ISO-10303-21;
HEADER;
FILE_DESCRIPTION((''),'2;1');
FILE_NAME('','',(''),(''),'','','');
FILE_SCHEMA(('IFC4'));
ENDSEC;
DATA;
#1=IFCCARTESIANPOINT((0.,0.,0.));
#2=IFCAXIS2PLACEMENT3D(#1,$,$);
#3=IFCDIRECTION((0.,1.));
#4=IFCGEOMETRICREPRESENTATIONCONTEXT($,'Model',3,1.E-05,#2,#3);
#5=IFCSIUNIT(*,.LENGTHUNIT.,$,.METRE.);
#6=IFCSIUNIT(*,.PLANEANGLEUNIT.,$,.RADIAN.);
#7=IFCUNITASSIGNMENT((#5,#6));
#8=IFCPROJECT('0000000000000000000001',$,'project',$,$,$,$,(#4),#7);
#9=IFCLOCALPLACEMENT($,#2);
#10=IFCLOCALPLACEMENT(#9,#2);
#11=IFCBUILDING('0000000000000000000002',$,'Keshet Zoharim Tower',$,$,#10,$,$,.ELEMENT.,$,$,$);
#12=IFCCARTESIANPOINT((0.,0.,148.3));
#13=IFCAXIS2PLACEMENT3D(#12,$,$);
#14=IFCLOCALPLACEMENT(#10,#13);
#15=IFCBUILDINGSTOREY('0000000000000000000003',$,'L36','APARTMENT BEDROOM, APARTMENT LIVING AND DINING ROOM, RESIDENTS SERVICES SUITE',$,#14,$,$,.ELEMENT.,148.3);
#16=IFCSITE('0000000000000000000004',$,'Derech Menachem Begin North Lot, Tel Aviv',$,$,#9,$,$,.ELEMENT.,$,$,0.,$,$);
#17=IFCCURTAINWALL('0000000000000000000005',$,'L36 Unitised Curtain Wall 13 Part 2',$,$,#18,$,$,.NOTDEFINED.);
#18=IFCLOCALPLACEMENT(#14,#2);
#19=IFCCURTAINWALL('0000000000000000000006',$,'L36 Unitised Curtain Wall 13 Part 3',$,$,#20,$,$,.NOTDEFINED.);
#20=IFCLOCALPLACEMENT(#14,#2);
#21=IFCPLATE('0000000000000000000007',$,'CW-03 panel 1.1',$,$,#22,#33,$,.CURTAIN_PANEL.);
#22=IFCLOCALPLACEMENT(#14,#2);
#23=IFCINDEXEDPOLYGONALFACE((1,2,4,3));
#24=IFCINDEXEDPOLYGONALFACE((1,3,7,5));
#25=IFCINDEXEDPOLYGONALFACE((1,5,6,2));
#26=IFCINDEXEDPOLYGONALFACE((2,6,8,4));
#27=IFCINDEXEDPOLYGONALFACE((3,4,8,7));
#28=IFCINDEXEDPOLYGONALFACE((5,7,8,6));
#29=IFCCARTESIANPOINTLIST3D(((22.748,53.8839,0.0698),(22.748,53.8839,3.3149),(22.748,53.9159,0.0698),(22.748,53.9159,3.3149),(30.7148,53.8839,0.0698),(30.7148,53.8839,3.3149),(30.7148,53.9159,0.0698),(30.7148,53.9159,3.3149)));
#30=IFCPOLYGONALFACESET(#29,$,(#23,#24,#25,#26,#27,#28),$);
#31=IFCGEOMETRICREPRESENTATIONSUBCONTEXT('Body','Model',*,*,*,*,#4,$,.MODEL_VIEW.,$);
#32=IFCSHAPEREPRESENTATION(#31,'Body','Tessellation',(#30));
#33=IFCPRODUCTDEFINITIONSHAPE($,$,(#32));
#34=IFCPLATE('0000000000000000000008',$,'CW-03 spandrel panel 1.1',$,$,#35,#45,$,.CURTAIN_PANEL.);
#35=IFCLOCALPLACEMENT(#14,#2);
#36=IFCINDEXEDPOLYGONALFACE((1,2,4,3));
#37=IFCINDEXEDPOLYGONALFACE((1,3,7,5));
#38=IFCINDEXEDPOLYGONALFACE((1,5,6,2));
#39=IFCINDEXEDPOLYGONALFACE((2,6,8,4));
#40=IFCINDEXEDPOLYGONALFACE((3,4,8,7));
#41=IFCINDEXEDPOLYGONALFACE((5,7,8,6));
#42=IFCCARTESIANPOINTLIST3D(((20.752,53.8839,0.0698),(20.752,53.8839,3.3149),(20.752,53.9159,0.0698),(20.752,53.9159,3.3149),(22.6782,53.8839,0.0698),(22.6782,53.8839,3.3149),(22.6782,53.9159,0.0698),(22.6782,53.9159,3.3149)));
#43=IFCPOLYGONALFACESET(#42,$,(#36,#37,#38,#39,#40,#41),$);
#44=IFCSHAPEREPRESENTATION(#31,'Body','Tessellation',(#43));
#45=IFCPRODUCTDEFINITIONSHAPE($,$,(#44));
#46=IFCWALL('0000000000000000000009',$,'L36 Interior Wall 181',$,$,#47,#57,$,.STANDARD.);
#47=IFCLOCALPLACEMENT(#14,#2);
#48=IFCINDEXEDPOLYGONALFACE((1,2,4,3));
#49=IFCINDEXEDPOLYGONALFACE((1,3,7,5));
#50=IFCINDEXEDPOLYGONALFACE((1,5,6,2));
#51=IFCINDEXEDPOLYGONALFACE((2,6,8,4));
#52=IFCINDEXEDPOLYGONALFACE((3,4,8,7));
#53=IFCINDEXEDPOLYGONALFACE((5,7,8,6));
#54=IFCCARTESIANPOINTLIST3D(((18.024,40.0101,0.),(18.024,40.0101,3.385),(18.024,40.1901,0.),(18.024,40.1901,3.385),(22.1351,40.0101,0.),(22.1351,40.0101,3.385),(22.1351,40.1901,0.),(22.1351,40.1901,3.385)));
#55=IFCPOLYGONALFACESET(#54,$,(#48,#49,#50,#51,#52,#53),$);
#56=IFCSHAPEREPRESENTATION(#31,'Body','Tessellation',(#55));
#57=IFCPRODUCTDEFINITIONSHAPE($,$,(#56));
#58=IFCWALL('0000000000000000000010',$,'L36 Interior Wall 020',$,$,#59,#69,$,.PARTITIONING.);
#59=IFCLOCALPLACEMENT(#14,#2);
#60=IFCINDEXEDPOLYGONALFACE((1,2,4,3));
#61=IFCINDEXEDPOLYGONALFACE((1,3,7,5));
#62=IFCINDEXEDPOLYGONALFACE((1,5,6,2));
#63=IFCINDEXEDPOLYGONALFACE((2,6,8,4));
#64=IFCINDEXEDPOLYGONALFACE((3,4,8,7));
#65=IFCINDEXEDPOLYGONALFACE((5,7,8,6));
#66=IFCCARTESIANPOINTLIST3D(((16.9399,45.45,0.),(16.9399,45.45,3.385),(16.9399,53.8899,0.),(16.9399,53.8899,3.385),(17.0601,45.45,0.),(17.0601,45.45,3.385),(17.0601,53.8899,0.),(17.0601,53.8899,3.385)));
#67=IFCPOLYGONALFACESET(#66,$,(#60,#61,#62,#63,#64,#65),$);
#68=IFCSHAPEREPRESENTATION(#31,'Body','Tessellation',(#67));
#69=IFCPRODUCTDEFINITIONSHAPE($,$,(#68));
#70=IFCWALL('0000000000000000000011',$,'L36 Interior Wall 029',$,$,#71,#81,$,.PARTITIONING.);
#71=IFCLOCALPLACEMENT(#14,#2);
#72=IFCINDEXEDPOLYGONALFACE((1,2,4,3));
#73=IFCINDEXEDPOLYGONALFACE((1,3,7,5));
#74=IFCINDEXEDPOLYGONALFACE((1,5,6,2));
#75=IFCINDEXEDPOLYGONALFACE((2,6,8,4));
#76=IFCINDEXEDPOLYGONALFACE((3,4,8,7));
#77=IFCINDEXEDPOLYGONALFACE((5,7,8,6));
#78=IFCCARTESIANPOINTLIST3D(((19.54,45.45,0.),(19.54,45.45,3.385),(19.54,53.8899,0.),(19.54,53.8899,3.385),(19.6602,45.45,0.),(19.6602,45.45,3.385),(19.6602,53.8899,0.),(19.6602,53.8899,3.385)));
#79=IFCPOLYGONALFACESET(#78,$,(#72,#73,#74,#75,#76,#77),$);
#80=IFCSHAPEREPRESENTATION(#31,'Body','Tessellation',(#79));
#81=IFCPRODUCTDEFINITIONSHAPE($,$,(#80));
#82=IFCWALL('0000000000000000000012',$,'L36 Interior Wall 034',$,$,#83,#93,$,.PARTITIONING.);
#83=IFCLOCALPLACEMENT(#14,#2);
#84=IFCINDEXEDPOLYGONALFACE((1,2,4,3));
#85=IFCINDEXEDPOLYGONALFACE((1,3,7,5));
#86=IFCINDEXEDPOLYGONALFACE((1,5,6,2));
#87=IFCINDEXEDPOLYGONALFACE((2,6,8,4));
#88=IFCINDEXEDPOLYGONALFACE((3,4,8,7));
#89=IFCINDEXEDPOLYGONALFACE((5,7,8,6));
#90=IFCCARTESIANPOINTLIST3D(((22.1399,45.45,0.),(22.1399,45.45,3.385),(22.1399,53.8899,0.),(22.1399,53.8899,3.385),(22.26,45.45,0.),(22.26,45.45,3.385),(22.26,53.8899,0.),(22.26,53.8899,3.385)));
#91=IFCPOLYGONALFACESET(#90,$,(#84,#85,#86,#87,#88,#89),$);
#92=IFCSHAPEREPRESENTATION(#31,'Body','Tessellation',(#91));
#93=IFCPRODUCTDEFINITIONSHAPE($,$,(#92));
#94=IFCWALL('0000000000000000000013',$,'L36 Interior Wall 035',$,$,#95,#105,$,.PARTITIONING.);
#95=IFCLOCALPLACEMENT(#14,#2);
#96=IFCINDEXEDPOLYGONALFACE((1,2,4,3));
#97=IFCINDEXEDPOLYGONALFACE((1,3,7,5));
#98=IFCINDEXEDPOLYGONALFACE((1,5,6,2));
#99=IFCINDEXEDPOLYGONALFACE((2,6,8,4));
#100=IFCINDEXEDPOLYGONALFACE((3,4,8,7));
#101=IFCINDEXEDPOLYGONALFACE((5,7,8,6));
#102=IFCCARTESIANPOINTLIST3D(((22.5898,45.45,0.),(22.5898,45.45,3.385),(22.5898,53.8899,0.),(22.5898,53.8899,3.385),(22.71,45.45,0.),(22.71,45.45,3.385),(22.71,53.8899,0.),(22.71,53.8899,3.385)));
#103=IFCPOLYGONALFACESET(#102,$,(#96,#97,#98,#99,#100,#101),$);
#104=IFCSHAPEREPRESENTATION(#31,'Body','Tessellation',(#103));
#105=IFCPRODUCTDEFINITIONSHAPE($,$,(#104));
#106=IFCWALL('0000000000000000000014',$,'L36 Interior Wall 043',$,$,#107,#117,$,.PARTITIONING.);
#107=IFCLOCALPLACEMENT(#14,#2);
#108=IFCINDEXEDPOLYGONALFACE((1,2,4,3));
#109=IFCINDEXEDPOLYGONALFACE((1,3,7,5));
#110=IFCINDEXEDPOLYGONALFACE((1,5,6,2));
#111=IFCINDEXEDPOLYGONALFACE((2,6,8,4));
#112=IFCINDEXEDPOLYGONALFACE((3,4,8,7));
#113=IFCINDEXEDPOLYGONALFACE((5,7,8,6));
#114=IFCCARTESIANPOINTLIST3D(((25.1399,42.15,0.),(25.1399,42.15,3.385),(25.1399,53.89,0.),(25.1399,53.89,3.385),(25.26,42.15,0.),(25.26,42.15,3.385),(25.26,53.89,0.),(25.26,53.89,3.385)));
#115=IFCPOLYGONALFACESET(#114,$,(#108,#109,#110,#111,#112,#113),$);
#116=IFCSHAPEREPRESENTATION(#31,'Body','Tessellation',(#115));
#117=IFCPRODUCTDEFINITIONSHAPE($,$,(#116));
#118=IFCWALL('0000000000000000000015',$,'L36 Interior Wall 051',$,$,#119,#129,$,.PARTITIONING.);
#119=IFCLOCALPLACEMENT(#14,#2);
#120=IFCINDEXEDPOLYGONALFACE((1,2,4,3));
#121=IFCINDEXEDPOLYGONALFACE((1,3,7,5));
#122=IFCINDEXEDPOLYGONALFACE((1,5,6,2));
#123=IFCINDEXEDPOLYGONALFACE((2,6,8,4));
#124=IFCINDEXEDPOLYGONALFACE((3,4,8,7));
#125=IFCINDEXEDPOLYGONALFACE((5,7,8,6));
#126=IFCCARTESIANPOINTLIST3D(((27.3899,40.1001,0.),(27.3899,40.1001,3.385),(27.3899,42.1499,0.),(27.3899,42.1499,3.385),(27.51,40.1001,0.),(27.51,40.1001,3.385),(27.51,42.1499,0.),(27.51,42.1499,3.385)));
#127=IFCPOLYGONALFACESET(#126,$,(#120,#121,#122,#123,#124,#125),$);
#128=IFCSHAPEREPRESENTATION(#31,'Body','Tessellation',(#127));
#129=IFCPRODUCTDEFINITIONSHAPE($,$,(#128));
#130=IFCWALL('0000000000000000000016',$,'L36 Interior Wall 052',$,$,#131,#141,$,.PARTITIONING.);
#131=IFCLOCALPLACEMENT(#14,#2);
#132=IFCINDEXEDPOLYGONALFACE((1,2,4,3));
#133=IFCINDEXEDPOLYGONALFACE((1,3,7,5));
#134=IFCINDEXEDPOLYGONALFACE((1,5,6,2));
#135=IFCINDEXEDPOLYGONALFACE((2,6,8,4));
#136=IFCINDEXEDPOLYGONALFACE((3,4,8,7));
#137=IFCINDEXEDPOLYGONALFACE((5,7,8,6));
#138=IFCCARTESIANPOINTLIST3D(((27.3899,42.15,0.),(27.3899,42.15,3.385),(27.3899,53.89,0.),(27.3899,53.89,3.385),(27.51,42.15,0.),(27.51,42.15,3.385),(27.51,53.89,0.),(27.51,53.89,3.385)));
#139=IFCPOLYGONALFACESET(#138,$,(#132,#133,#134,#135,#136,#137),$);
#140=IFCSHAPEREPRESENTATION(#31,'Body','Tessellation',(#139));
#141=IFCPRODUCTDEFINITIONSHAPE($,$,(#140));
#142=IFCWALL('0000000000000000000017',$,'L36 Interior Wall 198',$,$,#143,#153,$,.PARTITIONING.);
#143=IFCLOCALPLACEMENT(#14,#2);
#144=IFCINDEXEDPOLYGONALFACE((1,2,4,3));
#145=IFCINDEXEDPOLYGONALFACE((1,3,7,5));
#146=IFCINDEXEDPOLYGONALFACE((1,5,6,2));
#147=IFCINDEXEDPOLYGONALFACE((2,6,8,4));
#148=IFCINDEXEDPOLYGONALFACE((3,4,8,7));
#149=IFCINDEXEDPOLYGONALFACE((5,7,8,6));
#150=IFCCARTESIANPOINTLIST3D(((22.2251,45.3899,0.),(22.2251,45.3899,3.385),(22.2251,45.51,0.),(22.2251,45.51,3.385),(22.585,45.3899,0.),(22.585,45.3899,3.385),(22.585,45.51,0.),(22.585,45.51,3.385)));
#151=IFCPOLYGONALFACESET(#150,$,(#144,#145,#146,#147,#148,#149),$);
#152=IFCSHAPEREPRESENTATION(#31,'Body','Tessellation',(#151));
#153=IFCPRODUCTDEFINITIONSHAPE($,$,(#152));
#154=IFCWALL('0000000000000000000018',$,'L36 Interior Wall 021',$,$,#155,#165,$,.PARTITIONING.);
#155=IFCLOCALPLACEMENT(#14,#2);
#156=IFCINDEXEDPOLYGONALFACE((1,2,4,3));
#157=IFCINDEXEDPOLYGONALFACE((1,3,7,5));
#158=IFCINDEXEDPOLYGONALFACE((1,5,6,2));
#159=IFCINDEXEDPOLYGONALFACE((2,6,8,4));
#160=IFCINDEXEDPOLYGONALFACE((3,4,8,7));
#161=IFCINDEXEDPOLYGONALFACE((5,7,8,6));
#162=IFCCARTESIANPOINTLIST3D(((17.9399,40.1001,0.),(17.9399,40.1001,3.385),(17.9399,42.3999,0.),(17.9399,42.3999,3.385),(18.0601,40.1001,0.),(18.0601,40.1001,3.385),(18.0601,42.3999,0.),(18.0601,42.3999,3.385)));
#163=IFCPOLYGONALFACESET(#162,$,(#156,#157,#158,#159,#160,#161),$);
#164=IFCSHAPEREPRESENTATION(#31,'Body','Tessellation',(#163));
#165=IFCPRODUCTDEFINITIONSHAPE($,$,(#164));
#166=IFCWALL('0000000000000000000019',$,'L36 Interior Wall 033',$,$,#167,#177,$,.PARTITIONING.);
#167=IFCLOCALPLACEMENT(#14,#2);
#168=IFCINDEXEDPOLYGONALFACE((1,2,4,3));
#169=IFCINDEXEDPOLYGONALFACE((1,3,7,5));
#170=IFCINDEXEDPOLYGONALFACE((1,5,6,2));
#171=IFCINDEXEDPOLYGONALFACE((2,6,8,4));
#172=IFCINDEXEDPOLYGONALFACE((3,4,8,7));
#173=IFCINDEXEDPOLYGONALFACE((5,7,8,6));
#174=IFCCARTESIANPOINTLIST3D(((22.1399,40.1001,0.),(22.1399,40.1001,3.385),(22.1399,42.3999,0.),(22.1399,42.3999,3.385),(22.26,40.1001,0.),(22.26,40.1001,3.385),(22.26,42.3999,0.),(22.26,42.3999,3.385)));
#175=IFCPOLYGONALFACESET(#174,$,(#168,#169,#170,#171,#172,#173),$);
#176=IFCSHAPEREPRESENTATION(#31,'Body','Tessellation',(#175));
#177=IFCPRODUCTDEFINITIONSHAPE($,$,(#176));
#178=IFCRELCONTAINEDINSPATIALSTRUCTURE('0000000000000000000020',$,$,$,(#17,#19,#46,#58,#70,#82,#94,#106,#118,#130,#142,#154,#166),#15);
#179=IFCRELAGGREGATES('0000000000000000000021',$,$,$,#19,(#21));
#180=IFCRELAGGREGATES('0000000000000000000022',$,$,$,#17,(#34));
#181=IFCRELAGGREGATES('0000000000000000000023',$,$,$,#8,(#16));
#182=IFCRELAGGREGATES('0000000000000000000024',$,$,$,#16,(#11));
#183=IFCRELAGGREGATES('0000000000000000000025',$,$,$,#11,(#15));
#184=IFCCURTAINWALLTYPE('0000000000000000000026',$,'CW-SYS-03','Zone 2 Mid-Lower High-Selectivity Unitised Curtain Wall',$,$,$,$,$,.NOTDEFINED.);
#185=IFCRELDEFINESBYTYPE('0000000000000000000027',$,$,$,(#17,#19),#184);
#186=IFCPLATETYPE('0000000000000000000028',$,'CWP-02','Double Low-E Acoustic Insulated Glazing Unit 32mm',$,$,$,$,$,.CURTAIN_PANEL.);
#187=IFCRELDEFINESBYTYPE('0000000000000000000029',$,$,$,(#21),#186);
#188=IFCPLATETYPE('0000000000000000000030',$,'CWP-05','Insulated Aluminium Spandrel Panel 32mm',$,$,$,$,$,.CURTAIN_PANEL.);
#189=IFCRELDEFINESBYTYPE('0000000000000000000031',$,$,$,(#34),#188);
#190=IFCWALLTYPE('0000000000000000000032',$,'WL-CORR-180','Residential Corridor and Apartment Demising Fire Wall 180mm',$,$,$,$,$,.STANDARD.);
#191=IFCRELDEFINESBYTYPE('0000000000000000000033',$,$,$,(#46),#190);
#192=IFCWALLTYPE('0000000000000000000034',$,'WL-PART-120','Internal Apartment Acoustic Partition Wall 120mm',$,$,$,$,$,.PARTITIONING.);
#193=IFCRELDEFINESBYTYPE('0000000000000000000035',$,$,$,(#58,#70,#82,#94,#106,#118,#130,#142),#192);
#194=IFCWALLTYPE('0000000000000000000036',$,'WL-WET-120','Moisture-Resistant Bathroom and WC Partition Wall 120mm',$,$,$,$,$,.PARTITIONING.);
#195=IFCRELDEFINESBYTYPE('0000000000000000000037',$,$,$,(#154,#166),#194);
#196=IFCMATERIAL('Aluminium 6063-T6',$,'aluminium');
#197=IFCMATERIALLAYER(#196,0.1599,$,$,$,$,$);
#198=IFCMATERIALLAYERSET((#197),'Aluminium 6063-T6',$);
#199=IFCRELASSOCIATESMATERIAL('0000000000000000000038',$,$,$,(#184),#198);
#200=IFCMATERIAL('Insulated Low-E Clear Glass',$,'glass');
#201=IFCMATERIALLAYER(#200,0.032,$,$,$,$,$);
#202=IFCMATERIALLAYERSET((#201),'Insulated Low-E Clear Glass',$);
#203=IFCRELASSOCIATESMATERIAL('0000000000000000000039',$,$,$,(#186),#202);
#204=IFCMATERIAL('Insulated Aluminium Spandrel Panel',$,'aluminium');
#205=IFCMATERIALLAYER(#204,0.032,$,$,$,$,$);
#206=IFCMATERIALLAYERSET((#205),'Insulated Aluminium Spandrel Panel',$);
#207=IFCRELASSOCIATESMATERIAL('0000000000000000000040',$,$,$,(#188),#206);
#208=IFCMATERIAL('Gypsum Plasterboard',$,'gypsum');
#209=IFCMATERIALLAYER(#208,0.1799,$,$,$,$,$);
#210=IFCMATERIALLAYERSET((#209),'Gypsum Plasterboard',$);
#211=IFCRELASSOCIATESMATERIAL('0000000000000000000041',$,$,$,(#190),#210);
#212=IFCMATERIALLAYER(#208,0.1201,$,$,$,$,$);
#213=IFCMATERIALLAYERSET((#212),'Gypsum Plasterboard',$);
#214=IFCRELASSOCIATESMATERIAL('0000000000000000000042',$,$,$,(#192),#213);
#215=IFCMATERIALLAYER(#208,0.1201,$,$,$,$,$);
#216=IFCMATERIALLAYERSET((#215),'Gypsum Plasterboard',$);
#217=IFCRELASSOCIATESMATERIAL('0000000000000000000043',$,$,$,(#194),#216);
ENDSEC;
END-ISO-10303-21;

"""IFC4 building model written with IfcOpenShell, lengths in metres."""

from ifc_helpers import new_model, si_unit, direction, frame, frame_2d, origin, origin_2d, place, context, subcontext, project, spatial, rectangle, extrude, material, layer, layer_set, type_object, element, aggregate, save


model = new_model("IFC4")

# Units and contexts
model_context = context("Model", 3, precision=1e-05, world=origin(), true_north=direction((0.0, 1.0)))
body_context = subcontext(model_context, "Body", "Model", "MODEL_VIEW")
ifc_project = project(units=[si_unit("LENGTHUNIT", "METRE"), si_unit("PLANEANGLEUNIT", "RADIAN")], contexts=[model_context])

# Site, building, storey
site_placement = place(None, origin())
site = spatial("IfcSite", under=ifc_project, at=site_placement, Name="Derech Menachem Begin North Lot, Tel Aviv", CompositionType="ELEMENT", RefElevation=0.0)
building_placement = place(site_placement, origin())
building = spatial("IfcBuilding", under=site, at=building_placement, Name="Keshet Zoharim Tower", CompositionType="ELEMENT")
storey_placement = place(building_placement, frame((0.0, 0.0, 148.3)))
storey = spatial("IfcBuildingStorey", under=building, at=storey_placement, Name="L36", Description="APARTMENT BEDROOM, APARTMENT LIVING AND DINING ROOM, RESIDENTS SERVICES SUITE", CompositionType="ELEMENT", Elevation=148.3)

# Curtain wall
ifc_material_1 = material(Name="Aluminium 6063-T6", Category="aluminium")
ifc_layer_1 = layer(ifc_material_1, 0.1599)
ifc_layer_set_1 = layer_set([ifc_layer_1], Name="Aluminium 6063-T6")
curtain_wall_type = type_object("IfcCurtainWallType", Name="CW-SYS-03", Description="Zone 2 Mid-Lower High-Selectivity Unitised Curtain Wall", PredefinedType="NOTDEFINED", material=ifc_layer_set_1)
curtain_wall_1_placement = place(storey_placement, origin())
curtain_wall_1 = element("IfcCurtainWall", 1, at=curtain_wall_1_placement, inside=storey, type_object=curtain_wall_type, Name="L36 Unitised Curtain Wall 13 Part 2", PredefinedType="NOTDEFINED")

# Curtain wall
curtain_wall_2_placement = place(storey_placement, origin())
curtain_wall_2 = element("IfcCurtainWall", 2, at=curtain_wall_2_placement, inside=storey, type_object=curtain_wall_type, Name="L36 Unitised Curtain Wall 13 Part 3", PredefinedType="NOTDEFINED")

# Plates
ifc_material_2 = material(Name="Insulated Low-E Clear Glass", Category="glass")
ifc_layer_2 = layer(ifc_material_2, 0.032)
ifc_layer_set_2 = layer_set([ifc_layer_2], Name="Insulated Low-E Clear Glass")
plate_type_1 = type_object("IfcPlateType", Name="CWP-02", Description="Double Low-E Acoustic Insulated Glazing Unit 32mm", PredefinedType="CURTAIN_PANEL", material=ifc_layer_set_2)
plate_1_placement = place(storey_placement, frame((26.7314, 53.8999, 0.0698), z_axis=(0.0, 0.0, 1.0), x_axis=(1.0, 0.0, 0.0)))
plate_1 = element("IfcPlate", 3, at=plate_1_placement, type_object=plate_type_1, Name="CW-03 panel 1.1", PredefinedType="CURTAIN_PANEL", context=body_context, shape_type="SweptSolid", body=[
    extrude(rectangle(XDim=7.9668, YDim=0.032, at=origin_2d()), origin(), (0.0, 0.0, 1.0), 3.2451),
])
aggregate(curtain_wall_2, [plate_1])
ifc_material_3 = material(Name="Insulated Aluminium Spandrel Panel", Category="aluminium")
ifc_layer_3 = layer(ifc_material_3, 0.032)
ifc_layer_set_3 = layer_set([ifc_layer_3], Name="Insulated Aluminium Spandrel Panel")
plate_type_2 = type_object("IfcPlateType", Name="CWP-05", Description="Insulated Aluminium Spandrel Panel 32mm", PredefinedType="CURTAIN_PANEL", material=ifc_layer_set_3)
plate_2_placement = place(storey_placement, frame((21.7151, 53.8999, 0.0698), z_axis=(0.0, 0.0, 1.0), x_axis=(1.0, 0.0, 0.0)))
plate_2 = element("IfcPlate", 4, at=plate_2_placement, type_object=plate_type_2, Name="CW-03 spandrel panel 1.1", PredefinedType="CURTAIN_PANEL", context=body_context, shape_type="SweptSolid", body=[
    extrude(rectangle(XDim=1.9263, YDim=0.032, at=origin_2d()), origin(), (0.0, 0.0, 1.0), 3.2451),
])
aggregate(curtain_wall_1, [plate_2])

# Wall
ifc_material_4 = material(Name="Gypsum Plasterboard", Category="gypsum")
ifc_layer_4 = layer(ifc_material_4, 0.1799)
ifc_layer_set_4 = layer_set([ifc_layer_4], Name="Gypsum Plasterboard")
wall_type_1 = type_object("IfcWallType", Name="WL-CORR-180", Description="Residential Corridor and Apartment Demising Fire Wall 180mm", PredefinedType="STANDARD", material=ifc_layer_set_4)
wall_1_placement = place(storey_placement, frame((18.0239, 40.1001, 0.0), z_axis=(0.0, 0.0, 1.0), x_axis=(1.0, 0.0, 0.0)))
element("IfcWall", 5, at=wall_1_placement, inside=storey, type_object=wall_type_1, Name="L36 Interior Wall 181", PredefinedType="STANDARD", context=body_context, shape_type="SweptSolid", body=[
    extrude(rectangle(XDim=4.1111, YDim=0.1799, at=frame_2d((2.0557, 0.0))), origin(), (0.0, 0.0, 1.0), 3.385),
])

# Walls
ifc_layer_5 = layer(ifc_material_4, 0.1201)
ifc_layer_set_5 = layer_set([ifc_layer_5], Name="Gypsum Plasterboard")
wall_type_2 = type_object("IfcWallType", Name="WL-PART-120", Description="Internal Apartment Acoustic Partition Wall 120mm", PredefinedType="PARTITIONING", material=ifc_layer_set_5)
for number, where, z_axis, x_axis, name in (
    (6, (17.0, 45.45, 0.0), (0.0, 0.0, 1.0), (0.0, 1.0, 0.0), "L36 Interior Wall 020"),
    (7, (19.6001, 45.45, 0.0), (0.0, 0.0, 1.0), (0.0, 1.0, 0.0), "L36 Interior Wall 029"),
    (8, (22.2, 45.45, 0.0), (0.0, 0.0, 1.0), (0.0, 1.0, 0.0), "L36 Interior Wall 034"),
    (9, (22.6499, 45.45, 0.0), (0.0, 0.0, 1.0), (0.0, 1.0, 0.0), "L36 Interior Wall 035"),
):
    element("IfcWall", number, at=place(storey_placement, frame(where, z_axis=z_axis, x_axis=x_axis)), inside=storey, type_object=wall_type_2, Name=name, PredefinedType="PARTITIONING", context=body_context, shape_type="SweptSolid", body=[
        extrude(rectangle(XDim=8.4399, YDim=0.1201, at=frame_2d((4.22, 0.0))), origin(), (0.0, 0.0, 1.0), 3.385),
    ])
wall_2_placement = place(storey_placement, frame((25.2, 42.1499, 0.0), z_axis=(0.0, 0.0, 1.0), x_axis=(0.0, 1.0, 0.0)))
element("IfcWall", 10, at=wall_2_placement, inside=storey, type_object=wall_type_2, Name="L36 Interior Wall 043", PredefinedType="PARTITIONING", context=body_context, shape_type="SweptSolid", body=[
    extrude(rectangle(XDim=11.74, YDim=0.1201, at=frame_2d((5.8701, 0.0))), origin(), (0.0, 0.0, 1.0), 3.385),
])
wall_3_placement = place(storey_placement, frame((27.45, 40.1001, 0.0), z_axis=(0.0, 0.0, 1.0), x_axis=(0.0, 1.0, 0.0)))
element("IfcWall", 11, at=wall_3_placement, inside=storey, type_object=wall_type_2, Name="L36 Interior Wall 051", PredefinedType="PARTITIONING", context=body_context, shape_type="SweptSolid", body=[
    extrude(rectangle(XDim=2.0498, YDim=0.1201, at=frame_2d((1.0249, 0.0))), origin(), (0.0, 0.0, 1.0), 3.385),
])
wall_4_placement = place(storey_placement, frame((27.45, 42.1499, 0.0), z_axis=(0.0, 0.0, 1.0), x_axis=(0.0, 1.0, 0.0)))
element("IfcWall", 12, at=wall_4_placement, inside=storey, type_object=wall_type_2, Name="L36 Interior Wall 052", PredefinedType="PARTITIONING", context=body_context, shape_type="SweptSolid", body=[
    extrude(rectangle(XDim=11.74, YDim=0.1201, at=frame_2d((5.8701, 0.0))), origin(), (0.0, 0.0, 1.0), 3.385),
])

# Walls
wall_5_placement = place(storey_placement, frame((22.2251, 45.45, 0.0), z_axis=(0.0, 0.0, 1.0), x_axis=(1.0, 0.0, 0.0)))
element("IfcWall", 13, at=wall_5_placement, inside=storey, type_object=wall_type_2, Name="L36 Interior Wall 198", PredefinedType="PARTITIONING", context=body_context, shape_type="SweptSolid", body=[
    extrude(rectangle(XDim=0.3599, YDim=0.1201, at=frame_2d((0.1799, 0.0))), origin(), (0.0, 0.0, 1.0), 3.385),
])
ifc_layer_6 = layer(ifc_material_4, 0.1201)
ifc_layer_set_6 = layer_set([ifc_layer_6], Name="Gypsum Plasterboard")
wall_type_3 = type_object("IfcWallType", Name="WL-WET-120", Description="Moisture-Resistant Bathroom and WC Partition Wall 120mm", PredefinedType="PARTITIONING", material=ifc_layer_set_6)
for number, where, z_axis, x_axis, name in (
    (14, (18.0, 40.1001, 0.0), (0.0, 0.0, 1.0), (0.0, 1.0, 0.0), "L36 Interior Wall 021"),
    (15, (22.2, 40.1001, 0.0), (0.0, 0.0, 1.0), (0.0, 1.0, 0.0), "L36 Interior Wall 033"),
):
    element("IfcWall", number, at=place(storey_placement, frame(where, z_axis=z_axis, x_axis=x_axis)), inside=storey, type_object=wall_type_3, Name=name, PredefinedType="PARTITIONING", context=body_context, shape_type="SweptSolid", body=[
        extrude(rectangle(XDim=2.2998, YDim=0.1201, at=frame_2d((1.1499, 0.0))), origin(), (0.0, 0.0, 1.0), 3.385),
    ])

save(model, "model.ifc")
